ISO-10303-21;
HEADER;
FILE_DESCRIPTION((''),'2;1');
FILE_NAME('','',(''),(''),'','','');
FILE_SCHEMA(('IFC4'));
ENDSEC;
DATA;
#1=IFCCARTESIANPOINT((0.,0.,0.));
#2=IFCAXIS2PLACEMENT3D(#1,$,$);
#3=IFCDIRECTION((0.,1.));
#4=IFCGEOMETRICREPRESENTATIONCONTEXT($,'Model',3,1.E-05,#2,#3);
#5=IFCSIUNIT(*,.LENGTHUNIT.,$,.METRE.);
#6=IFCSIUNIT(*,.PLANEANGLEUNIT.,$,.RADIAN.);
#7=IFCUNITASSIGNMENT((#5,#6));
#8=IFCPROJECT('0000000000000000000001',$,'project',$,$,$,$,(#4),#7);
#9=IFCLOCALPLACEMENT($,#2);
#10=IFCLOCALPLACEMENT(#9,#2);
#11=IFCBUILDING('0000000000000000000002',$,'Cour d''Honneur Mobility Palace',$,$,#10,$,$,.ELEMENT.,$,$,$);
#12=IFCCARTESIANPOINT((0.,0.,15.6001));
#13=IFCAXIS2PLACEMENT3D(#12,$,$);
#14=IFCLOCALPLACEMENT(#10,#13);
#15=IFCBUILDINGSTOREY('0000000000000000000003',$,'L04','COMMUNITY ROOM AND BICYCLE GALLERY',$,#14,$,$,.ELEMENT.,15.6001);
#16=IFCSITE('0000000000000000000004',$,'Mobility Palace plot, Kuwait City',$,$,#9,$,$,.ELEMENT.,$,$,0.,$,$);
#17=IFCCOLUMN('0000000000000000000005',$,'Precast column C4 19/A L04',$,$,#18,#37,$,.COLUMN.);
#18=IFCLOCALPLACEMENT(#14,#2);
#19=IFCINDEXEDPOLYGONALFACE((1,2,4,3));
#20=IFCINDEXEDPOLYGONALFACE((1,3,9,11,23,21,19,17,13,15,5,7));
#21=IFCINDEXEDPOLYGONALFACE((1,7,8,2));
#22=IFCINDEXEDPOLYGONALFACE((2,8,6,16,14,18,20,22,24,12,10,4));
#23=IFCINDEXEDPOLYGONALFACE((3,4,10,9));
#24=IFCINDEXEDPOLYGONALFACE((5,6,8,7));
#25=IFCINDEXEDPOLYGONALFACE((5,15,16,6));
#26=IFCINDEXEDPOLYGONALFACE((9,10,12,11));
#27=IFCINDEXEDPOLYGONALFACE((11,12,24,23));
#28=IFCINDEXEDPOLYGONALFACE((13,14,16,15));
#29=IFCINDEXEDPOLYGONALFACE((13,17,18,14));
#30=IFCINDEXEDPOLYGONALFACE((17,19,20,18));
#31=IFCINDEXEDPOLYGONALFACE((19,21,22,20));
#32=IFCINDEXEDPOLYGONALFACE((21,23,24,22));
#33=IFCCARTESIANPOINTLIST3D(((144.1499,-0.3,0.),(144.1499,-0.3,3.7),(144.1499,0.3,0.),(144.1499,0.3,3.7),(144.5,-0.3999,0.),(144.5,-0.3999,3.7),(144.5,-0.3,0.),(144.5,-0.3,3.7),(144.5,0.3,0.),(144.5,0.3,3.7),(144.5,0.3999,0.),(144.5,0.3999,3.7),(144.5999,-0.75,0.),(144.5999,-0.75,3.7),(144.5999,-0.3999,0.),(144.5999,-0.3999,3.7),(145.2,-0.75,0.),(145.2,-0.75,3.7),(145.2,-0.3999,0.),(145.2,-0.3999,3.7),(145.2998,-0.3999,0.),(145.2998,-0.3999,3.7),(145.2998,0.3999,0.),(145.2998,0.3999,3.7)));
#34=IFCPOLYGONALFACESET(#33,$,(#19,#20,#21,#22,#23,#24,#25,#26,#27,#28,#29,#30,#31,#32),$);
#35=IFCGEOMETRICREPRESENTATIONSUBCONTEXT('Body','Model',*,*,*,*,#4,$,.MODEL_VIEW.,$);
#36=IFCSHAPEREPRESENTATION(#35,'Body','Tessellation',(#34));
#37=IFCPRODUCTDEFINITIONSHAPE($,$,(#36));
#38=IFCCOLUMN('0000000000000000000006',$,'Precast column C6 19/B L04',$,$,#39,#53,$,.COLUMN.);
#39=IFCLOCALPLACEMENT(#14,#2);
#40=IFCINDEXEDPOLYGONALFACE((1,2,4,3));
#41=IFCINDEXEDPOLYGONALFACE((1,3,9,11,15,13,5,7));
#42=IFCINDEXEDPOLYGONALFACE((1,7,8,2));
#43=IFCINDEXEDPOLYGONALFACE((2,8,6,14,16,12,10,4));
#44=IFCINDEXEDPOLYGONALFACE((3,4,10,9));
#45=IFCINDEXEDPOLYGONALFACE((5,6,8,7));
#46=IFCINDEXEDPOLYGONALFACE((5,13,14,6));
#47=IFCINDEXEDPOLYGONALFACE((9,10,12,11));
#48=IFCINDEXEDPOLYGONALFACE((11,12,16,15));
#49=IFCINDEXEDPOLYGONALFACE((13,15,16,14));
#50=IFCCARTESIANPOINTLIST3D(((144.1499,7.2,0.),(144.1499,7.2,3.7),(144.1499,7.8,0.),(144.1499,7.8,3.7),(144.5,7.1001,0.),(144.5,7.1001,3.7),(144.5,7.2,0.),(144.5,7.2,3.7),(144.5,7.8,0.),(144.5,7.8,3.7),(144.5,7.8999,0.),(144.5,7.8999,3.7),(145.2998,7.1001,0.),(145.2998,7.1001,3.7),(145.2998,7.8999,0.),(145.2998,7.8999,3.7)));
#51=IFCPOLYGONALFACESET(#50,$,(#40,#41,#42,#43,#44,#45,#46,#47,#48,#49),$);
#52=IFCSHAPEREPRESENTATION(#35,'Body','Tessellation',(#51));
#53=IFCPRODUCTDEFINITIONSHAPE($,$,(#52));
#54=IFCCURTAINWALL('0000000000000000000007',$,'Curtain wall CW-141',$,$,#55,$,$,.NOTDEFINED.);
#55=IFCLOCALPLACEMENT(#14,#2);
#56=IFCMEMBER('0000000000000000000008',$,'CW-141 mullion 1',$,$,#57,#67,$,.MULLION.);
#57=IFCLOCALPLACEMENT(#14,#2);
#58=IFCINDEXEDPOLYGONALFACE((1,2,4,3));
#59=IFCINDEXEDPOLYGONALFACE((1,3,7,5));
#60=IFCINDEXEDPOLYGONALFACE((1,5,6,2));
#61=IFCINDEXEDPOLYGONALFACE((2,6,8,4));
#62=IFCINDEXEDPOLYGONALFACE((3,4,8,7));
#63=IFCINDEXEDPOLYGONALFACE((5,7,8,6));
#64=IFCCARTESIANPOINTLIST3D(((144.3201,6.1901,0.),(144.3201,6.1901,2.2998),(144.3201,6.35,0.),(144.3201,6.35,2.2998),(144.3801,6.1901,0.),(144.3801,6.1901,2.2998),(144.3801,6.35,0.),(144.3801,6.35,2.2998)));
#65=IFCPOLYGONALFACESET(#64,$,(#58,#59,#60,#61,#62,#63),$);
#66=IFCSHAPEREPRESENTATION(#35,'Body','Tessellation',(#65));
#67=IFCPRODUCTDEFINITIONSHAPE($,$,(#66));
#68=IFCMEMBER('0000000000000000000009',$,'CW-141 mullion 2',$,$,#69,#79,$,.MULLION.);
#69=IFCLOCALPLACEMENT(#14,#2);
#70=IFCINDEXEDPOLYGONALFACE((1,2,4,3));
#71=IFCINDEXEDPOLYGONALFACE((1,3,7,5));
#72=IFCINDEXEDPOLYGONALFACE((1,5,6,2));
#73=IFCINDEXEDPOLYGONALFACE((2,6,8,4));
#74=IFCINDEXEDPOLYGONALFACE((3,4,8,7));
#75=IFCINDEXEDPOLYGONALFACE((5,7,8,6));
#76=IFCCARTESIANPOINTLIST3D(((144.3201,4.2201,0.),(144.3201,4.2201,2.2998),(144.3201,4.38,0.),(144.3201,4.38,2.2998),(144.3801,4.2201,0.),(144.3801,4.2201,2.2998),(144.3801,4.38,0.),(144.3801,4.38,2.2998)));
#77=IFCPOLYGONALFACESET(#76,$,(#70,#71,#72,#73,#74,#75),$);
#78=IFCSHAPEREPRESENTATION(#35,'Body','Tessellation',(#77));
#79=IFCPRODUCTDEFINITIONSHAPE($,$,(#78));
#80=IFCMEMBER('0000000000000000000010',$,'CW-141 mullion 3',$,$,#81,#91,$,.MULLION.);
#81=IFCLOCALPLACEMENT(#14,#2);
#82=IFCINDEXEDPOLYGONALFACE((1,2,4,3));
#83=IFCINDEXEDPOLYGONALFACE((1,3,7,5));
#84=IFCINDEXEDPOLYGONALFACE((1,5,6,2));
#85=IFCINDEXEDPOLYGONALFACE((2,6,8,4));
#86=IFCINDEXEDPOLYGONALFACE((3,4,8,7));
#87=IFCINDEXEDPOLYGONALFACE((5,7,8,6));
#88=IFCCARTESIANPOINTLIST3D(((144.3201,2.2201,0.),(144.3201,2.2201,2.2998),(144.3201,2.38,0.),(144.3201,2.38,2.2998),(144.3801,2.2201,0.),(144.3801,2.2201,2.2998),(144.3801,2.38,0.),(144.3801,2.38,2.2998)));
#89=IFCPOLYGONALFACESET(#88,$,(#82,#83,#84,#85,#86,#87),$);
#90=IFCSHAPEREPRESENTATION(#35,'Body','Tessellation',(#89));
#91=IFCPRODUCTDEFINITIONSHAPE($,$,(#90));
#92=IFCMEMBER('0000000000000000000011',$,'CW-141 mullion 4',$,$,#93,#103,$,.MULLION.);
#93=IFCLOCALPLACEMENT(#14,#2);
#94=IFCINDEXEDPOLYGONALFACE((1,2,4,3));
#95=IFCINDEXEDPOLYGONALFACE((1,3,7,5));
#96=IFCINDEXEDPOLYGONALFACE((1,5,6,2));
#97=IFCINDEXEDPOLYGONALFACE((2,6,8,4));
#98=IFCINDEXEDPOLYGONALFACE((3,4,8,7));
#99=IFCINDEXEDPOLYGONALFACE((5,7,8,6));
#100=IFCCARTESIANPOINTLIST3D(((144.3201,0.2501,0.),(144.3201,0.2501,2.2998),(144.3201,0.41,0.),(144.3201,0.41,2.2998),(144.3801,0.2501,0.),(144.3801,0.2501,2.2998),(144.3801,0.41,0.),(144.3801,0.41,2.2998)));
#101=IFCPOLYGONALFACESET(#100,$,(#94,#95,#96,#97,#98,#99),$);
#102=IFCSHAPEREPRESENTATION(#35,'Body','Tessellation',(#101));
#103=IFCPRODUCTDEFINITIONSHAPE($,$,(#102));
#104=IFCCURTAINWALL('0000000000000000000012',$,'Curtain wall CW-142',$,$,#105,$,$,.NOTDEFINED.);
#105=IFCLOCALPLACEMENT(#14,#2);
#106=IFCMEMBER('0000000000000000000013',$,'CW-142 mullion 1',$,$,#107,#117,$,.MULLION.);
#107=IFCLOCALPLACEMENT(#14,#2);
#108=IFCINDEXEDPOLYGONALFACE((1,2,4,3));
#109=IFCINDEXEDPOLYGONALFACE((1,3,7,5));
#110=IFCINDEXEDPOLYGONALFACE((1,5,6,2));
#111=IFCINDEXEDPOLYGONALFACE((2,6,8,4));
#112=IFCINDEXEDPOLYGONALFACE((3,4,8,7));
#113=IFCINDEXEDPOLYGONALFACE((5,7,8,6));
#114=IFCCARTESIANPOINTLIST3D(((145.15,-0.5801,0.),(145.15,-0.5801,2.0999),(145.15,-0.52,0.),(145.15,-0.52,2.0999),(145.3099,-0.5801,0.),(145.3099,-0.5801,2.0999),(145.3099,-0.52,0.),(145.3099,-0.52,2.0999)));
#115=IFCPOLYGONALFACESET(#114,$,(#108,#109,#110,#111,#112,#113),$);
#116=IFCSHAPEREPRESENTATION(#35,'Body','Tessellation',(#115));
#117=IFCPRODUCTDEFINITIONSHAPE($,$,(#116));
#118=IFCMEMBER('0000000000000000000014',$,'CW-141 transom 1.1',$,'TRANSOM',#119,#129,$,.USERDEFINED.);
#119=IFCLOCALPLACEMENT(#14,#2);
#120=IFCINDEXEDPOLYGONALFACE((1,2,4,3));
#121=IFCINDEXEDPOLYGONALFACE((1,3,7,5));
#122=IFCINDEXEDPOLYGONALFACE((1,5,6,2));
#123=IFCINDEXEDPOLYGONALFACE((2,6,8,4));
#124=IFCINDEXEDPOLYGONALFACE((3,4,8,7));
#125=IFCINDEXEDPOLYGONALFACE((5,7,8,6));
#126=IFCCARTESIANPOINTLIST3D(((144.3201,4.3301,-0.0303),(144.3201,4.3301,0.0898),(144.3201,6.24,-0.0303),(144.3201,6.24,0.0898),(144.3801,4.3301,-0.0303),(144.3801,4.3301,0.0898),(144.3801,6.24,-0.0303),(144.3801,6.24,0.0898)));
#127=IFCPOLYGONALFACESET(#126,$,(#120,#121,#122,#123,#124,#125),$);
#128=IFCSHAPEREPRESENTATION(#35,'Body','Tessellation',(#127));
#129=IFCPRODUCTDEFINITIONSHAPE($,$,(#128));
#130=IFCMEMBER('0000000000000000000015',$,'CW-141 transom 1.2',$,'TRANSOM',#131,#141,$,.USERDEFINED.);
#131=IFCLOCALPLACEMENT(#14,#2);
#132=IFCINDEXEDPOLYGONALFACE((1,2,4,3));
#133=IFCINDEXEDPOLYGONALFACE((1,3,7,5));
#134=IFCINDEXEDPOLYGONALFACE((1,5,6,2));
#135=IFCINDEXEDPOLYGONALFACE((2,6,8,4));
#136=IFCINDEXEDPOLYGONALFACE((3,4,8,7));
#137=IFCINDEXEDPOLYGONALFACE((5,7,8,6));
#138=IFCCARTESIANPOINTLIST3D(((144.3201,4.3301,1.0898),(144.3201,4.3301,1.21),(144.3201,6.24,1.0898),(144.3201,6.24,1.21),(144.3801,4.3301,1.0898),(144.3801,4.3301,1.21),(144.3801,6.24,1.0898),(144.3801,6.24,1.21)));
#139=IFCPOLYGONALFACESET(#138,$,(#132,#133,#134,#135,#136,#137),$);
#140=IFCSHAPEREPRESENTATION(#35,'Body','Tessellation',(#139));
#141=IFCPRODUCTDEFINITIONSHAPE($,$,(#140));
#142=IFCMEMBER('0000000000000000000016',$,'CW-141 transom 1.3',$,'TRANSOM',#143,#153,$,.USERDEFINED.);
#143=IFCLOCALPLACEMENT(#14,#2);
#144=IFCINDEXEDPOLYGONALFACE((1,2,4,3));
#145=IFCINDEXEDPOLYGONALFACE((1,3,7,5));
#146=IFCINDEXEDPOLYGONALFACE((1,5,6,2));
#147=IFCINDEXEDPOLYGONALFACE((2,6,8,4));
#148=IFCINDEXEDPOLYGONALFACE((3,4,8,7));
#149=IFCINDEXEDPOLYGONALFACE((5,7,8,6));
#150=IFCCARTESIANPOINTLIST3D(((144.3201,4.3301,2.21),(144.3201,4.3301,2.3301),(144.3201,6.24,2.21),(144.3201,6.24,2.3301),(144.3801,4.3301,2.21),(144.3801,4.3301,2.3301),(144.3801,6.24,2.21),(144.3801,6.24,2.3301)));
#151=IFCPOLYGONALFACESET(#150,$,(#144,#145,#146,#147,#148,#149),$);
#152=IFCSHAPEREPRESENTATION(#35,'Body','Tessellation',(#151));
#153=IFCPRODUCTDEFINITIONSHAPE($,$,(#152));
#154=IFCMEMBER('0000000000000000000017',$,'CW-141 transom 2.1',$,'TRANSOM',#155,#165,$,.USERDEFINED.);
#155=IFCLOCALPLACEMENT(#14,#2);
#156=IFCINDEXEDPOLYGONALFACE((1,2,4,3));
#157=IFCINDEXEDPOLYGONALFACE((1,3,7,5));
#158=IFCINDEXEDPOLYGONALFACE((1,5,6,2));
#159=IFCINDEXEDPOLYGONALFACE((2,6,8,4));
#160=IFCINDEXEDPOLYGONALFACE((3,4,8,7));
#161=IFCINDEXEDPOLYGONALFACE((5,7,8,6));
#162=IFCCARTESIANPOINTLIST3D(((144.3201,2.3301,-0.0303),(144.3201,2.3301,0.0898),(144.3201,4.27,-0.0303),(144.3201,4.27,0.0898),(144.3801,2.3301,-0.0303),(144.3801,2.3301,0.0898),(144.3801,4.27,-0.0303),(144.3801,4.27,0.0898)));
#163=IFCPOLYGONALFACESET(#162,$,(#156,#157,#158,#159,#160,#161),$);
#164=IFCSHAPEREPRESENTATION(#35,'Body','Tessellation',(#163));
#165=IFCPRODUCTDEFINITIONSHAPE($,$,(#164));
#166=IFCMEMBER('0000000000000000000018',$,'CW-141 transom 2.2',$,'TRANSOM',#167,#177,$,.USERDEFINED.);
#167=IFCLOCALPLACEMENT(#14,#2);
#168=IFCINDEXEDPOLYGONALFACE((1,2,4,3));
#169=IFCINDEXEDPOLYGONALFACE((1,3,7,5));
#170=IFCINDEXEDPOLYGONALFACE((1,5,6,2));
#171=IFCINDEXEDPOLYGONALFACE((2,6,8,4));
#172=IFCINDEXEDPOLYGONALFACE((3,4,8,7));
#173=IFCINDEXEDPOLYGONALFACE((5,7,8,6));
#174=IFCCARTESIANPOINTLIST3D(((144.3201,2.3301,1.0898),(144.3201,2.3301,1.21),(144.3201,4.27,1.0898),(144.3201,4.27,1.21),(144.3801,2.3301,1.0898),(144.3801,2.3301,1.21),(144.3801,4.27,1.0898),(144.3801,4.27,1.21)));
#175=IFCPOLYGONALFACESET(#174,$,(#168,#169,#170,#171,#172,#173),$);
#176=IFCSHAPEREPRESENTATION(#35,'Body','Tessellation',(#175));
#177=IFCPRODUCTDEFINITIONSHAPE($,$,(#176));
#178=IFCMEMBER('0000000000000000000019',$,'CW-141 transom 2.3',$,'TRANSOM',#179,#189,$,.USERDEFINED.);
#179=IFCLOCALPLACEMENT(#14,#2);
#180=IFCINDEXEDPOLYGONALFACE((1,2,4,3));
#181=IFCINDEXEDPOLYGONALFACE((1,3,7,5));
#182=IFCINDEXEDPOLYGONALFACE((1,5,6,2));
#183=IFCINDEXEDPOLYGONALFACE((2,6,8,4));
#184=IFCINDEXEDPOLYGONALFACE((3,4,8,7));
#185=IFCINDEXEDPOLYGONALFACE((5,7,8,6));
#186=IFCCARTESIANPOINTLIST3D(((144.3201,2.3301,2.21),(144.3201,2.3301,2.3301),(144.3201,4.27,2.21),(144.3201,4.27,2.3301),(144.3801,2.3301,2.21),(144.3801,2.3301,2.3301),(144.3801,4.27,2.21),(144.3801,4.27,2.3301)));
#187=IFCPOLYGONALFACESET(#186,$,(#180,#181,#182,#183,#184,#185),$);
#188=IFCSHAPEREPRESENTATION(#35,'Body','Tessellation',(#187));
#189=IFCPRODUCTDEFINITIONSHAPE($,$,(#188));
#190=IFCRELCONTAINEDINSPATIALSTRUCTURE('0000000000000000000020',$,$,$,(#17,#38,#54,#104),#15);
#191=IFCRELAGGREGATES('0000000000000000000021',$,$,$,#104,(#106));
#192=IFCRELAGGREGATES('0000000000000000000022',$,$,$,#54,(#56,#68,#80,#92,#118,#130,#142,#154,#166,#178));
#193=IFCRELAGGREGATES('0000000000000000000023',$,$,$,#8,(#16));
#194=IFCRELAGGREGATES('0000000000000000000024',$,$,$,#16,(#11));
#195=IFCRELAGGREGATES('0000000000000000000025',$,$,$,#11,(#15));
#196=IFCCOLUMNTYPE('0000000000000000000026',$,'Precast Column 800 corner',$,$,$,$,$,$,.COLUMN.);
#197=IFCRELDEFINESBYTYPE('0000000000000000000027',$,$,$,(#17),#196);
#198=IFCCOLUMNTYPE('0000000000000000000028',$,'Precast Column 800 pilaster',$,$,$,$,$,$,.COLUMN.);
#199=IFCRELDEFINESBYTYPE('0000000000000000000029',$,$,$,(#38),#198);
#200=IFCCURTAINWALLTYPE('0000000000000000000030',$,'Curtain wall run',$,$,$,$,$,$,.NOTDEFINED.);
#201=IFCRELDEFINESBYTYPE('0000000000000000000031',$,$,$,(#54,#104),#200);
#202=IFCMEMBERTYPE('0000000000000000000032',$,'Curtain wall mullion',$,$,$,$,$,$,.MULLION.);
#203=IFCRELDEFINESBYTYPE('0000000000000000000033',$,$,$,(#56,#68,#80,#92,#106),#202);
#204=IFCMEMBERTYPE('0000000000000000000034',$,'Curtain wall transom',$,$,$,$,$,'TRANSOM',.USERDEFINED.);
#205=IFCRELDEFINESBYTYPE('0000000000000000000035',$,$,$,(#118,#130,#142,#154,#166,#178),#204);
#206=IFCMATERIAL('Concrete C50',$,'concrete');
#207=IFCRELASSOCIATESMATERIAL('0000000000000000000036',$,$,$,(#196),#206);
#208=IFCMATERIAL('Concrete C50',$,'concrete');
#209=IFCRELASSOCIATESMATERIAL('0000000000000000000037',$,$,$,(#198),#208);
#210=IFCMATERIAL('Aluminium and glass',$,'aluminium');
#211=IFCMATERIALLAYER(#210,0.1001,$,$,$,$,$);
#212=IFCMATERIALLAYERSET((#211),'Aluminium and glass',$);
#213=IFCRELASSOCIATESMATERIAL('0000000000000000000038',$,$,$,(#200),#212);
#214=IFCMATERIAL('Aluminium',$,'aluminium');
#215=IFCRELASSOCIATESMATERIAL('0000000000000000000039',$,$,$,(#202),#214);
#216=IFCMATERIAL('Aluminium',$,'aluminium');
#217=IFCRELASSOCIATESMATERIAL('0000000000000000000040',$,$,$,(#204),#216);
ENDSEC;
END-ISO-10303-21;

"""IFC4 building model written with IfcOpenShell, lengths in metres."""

from ifc_helpers import new_model, si_unit, direction, frame, origin, origin_2d, place, context, subcontext, project, spatial, polyline, rectangle, outline, extrude, material, layer, layer_set, material_profile, profile_set, type_object, element, aggregate, save


model = new_model("IFC4")

# Units and contexts
model_context = context("Model", 3, precision=1e-05, world=origin(), true_north=direction((0.0, 1.0)))
body_context = subcontext(model_context, "Body", "Model", "MODEL_VIEW")
ifc_project = project(units=[si_unit("LENGTHUNIT", "METRE"), si_unit("PLANEANGLEUNIT", "RADIAN")], contexts=[model_context])

# Site, building, storey
site_placement = place(None, origin())
site = spatial("IfcSite", under=ifc_project, at=site_placement, Name="Mobility Palace plot, Kuwait City", CompositionType="ELEMENT", RefElevation=0.0)
building_placement = place(site_placement, origin())
building = spatial("IfcBuilding", under=site, at=building_placement, Name="Cour d'Honneur Mobility Palace", CompositionType="ELEMENT")
storey_placement = place(building_placement, frame((0.0, 0.0, 15.6001)))
storey = spatial("IfcBuildingStorey", under=building, at=storey_placement, Name="L04", Description="COMMUNITY ROOM AND BICYCLE GALLERY", CompositionType="ELEMENT", Elevation=15.6001)

# Columns
ifc_material_1 = material(Name="Concrete C50", Category="concrete")
ifc_material_profile_1 = material_profile(ifc_material_1, outline(polyline([(-0.3999, -0.3999), (0.3999, -0.3999), (0.3999, -0.3), (0.75, -0.3), (0.75, 0.3), (0.3999, 0.3), (0.3999, 0.3999), (0.3, 0.3999), (0.3, 0.75), (-0.3, 0.75), (-0.3, 0.3999), (-0.3999, 0.3999), (-0.3999, -0.3999)])), Name="PC C800 corner")
ifc_profile_set_1 = profile_set([ifc_material_profile_1], Name="Concrete C50")
column_type_1 = type_object("IfcColumnType", Name="Precast Column 800 corner", PredefinedType="COLUMN", material=ifc_profile_set_1)
column_1_placement = place(storey_placement, frame((144.8999, 0.0, 0.0), z_axis=(0.0, 0.0, 1.0), x_axis=(-1.0, 0.0, 0.0)))
element("IfcColumn", 1, at=column_1_placement, inside=storey, type_object=column_type_1, Name="Precast column C4 19/A L04", PredefinedType="COLUMN", context=body_context, shape_type="SweptSolid", body=[
    extrude(outline(polyline([(-0.3999, -0.3999), (0.3999, -0.3999), (0.3999, -0.3), (0.75, -0.3), (0.75, 0.3), (0.3999, 0.3), (0.3999, 0.3999), (0.3, 0.3999), (0.3, 0.75), (-0.3, 0.75), (-0.3, 0.3999), (-0.3999, 0.3999), (-0.3999, -0.3999)])), origin(), (0.0, 0.0, 1.0), 3.7),
])
ifc_material_2 = material(Name="Concrete C50", Category="concrete")
ifc_material_profile_2 = material_profile(ifc_material_2, outline(polyline([(-0.3999, -0.3999), (0.3999, -0.3999), (0.3999, -0.3), (0.75, -0.3), (0.75, 0.3), (0.3999, 0.3), (0.3999, 0.3999), (-0.3999, 0.3999), (-0.3999, -0.3999)])), Name="PC C800 pilaster")
ifc_profile_set_2 = profile_set([ifc_material_profile_2], Name="Concrete C50")
column_type_2 = type_object("IfcColumnType", Name="Precast Column 800 pilaster", PredefinedType="COLUMN", material=ifc_profile_set_2)
column_2_placement = place(storey_placement, frame((144.8999, 7.5, 0.0), z_axis=(0.0, 0.0, 1.0), x_axis=(-1.0, 0.0, 0.0)))
element("IfcColumn", 2, at=column_2_placement, inside=storey, type_object=column_type_2, Name="Precast column C6 19/B L04", PredefinedType="COLUMN", context=body_context, shape_type="SweptSolid", body=[
    extrude(outline(polyline([(-0.3999, -0.3999), (0.3999, -0.3999), (0.3999, -0.3), (0.75, -0.3), (0.75, 0.3), (0.3999, 0.3), (0.3999, 0.3999), (-0.3999, 0.3999), (-0.3999, -0.3999)])), origin(), (0.0, 0.0, 1.0), 3.7),
])

# Curtain wall, members
ifc_material_3 = material(Name="Aluminium and glass", Category="aluminium")
ifc_layer_1 = layer(ifc_material_3, 0.1001)
ifc_layer_set_1 = layer_set([ifc_layer_1], Name="Aluminium and glass")
curtain_wall_type = type_object("IfcCurtainWallType", Name="Curtain wall run", PredefinedType="NOTDEFINED", material=ifc_layer_set_1)
curtain_wall_1_placement = place(storey_placement, origin())
curtain_wall_1 = element("IfcCurtainWall", 3, at=curtain_wall_1_placement, inside=storey, type_object=curtain_wall_type, Name="Curtain wall CW-141", PredefinedType="NOTDEFINED")
ifc_material_4 = material(Name="Aluminium", Category="aluminium")
ifc_material_profile_3 = material_profile(ifc_material_4, rectangle(XDim=0.0601, YDim=0.1599, at=origin_2d()), Name="Curtain wall mullion")
ifc_profile_set_3 = profile_set([ifc_material_profile_3], Name="Aluminium")
member_type_1 = type_object("IfcMemberType", Name="Curtain wall mullion", PredefinedType="MULLION", material=ifc_profile_set_3)
member_1_placement = place(storey_placement, frame((144.3501, 6.27, 0.0), z_axis=(0.0, 0.0, 1.0), x_axis=(1.0, 0.0, 0.0)))
member_1 = element("IfcMember", 4, at=member_1_placement, type_object=member_type_1, Name="CW-141 mullion 1", PredefinedType="MULLION", context=body_context, shape_type="SweptSolid", body=[
    extrude(rectangle(XDim=0.0601, YDim=0.1599, at=origin_2d()), origin(), (0.0, 0.0, 1.0), 2.2998),
])
member_2_placement = place(storey_placement, frame((144.3501, 4.3, 0.0), z_axis=(0.0, 0.0, 1.0), x_axis=(1.0, 0.0, 0.0)))
member_2 = element("IfcMember", 5, at=member_2_placement, type_object=member_type_1, Name="CW-141 mullion 2", PredefinedType="MULLION", context=body_context, shape_type="SweptSolid", body=[
    extrude(rectangle(XDim=0.0601, YDim=0.1599, at=origin_2d()), origin(), (0.0, 0.0, 1.0), 2.2998),
])
member_3_placement = place(storey_placement, frame((144.3501, 2.3, 0.0), z_axis=(0.0, 0.0, 1.0), x_axis=(1.0, 0.0, 0.0)))
member_3 = element("IfcMember", 6, at=member_3_placement, type_object=member_type_1, Name="CW-141 mullion 3", PredefinedType="MULLION", context=body_context, shape_type="SweptSolid", body=[
    extrude(rectangle(XDim=0.0601, YDim=0.1599, at=origin_2d()), origin(), (0.0, 0.0, 1.0), 2.2998),
])
member_4_placement = place(storey_placement, frame((144.3501, 0.3301, 0.0), z_axis=(0.0, 0.0, 1.0), x_axis=(1.0, 0.0, 0.0)))
member_4 = element("IfcMember", 7, at=member_4_placement, type_object=member_type_1, Name="CW-141 mullion 4", PredefinedType="MULLION", context=body_context, shape_type="SweptSolid", body=[
    extrude(rectangle(XDim=0.0601, YDim=0.1599, at=origin_2d()), origin(), (0.0, 0.0, 1.0), 2.2998),
])

# Curtain wall, member
curtain_wall_2_placement = place(storey_placement, origin())
curtain_wall_2 = element("IfcCurtainWall", 8, at=curtain_wall_2_placement, inside=storey, type_object=curtain_wall_type, Name="Curtain wall CW-142", PredefinedType="NOTDEFINED")
member_5_placement = place(storey_placement, frame((145.23, -0.55, 0.0), z_axis=(0.0, 0.0, 1.0), x_axis=(0.0, 1.0, 0.0)))
member_5 = element("IfcMember", 9, at=member_5_placement, type_object=member_type_1, Name="CW-142 mullion 1", PredefinedType="MULLION", context=body_context, shape_type="SweptSolid", body=[
    extrude(rectangle(XDim=0.0601, YDim=0.1599, at=origin_2d()), origin(), (0.0, 0.0, 1.0), 2.0999),
])

# Members
ifc_material_5 = material(Name="Aluminium", Category="aluminium")
ifc_material_profile_4 = material_profile(ifc_material_5, rectangle(XDim=0.0601, YDim=0.1201, at=origin_2d()), Name="Curtain wall transom")
ifc_profile_set_4 = profile_set([ifc_material_profile_4], Name="Aluminium")
member_type_2 = type_object("IfcMemberType", Name="Curtain wall transom", ElementType="TRANSOM", PredefinedType="USERDEFINED", material=ifc_profile_set_4)
member_6_placement = place(storey_placement, frame((144.3501, 6.24, 0.0298), z_axis=(0.0, -1.0, 0.0), x_axis=(1.0, 0.0, 0.0)))
member_6 = element("IfcMember", 10, at=member_6_placement, type_object=member_type_2, Name="CW-141 transom 1.1", ObjectType="TRANSOM", PredefinedType="USERDEFINED", context=body_context, shape_type="SweptSolid", body=[
    extrude(rectangle(XDim=0.0601, YDim=0.1201, at=origin_2d()), origin(), (0.0, 0.0, 1.0), 1.9099),
])
member_7_placement = place(storey_placement, frame((144.3501, 6.24, 1.1499), z_axis=(0.0, -1.0, 0.0), x_axis=(1.0, 0.0, 0.0)))
member_7 = element("IfcMember", 11, at=member_7_placement, type_object=member_type_2, Name="CW-141 transom 1.2", ObjectType="TRANSOM", PredefinedType="USERDEFINED", context=body_context, shape_type="SweptSolid", body=[
    extrude(rectangle(XDim=0.0601, YDim=0.1201, at=origin_2d()), origin(), (0.0, 0.0, 1.0), 1.9099),
])
member_8_placement = place(storey_placement, frame((144.3501, 6.24, 2.27), z_axis=(0.0, -1.0, 0.0), x_axis=(1.0, 0.0, 0.0)))
member_8 = element("IfcMember", 12, at=member_8_placement, type_object=member_type_2, Name="CW-141 transom 1.3", ObjectType="TRANSOM", PredefinedType="USERDEFINED", context=body_context, shape_type="SweptSolid", body=[
    extrude(rectangle(XDim=0.0601, YDim=0.1201, at=origin_2d()), origin(), (0.0, 0.0, 1.0), 1.9099),
])
member_9_placement = place(storey_placement, frame((144.3501, 4.27, 0.0298), z_axis=(0.0, -1.0, 0.0), x_axis=(1.0, 0.0, 0.0)))
member_9 = element("IfcMember", 13, at=member_9_placement, type_object=member_type_2, Name="CW-141 transom 2.1", ObjectType="TRANSOM", PredefinedType="USERDEFINED", context=body_context, shape_type="SweptSolid", body=[
    extrude(rectangle(XDim=0.0601, YDim=0.1201, at=origin_2d()), origin(), (0.0, 0.0, 1.0), 1.9399),
])
member_10_placement = place(storey_placement, frame((144.3501, 4.27, 1.1499), z_axis=(0.0, -1.0, 0.0), x_axis=(1.0, 0.0, 0.0)))
member_10 = element("IfcMember", 14, at=member_10_placement, type_object=member_type_2, Name="CW-141 transom 2.2", ObjectType="TRANSOM", PredefinedType="USERDEFINED", context=body_context, shape_type="SweptSolid", body=[
    extrude(rectangle(XDim=0.0601, YDim=0.1201, at=origin_2d()), origin(), (0.0, 0.0, 1.0), 1.9399),
])
member_11_placement = place(storey_placement, frame((144.3501, 4.27, 2.27), z_axis=(0.0, -1.0, 0.0), x_axis=(1.0, 0.0, 0.0)))
member_11 = element("IfcMember", 15, at=member_11_placement, type_object=member_type_2, Name="CW-141 transom 2.3", ObjectType="TRANSOM", PredefinedType="USERDEFINED", context=body_context, shape_type="SweptSolid", body=[
    extrude(rectangle(XDim=0.0601, YDim=0.1201, at=origin_2d()), origin(), (0.0, 0.0, 1.0), 1.9399),
])
aggregate(curtain_wall_2, [member_5])

aggregate(curtain_wall_1, [member_1, member_2, member_3, member_4, member_6, member_7, member_8, member_9, member_10, member_11])

save(model, "model.ifc")
